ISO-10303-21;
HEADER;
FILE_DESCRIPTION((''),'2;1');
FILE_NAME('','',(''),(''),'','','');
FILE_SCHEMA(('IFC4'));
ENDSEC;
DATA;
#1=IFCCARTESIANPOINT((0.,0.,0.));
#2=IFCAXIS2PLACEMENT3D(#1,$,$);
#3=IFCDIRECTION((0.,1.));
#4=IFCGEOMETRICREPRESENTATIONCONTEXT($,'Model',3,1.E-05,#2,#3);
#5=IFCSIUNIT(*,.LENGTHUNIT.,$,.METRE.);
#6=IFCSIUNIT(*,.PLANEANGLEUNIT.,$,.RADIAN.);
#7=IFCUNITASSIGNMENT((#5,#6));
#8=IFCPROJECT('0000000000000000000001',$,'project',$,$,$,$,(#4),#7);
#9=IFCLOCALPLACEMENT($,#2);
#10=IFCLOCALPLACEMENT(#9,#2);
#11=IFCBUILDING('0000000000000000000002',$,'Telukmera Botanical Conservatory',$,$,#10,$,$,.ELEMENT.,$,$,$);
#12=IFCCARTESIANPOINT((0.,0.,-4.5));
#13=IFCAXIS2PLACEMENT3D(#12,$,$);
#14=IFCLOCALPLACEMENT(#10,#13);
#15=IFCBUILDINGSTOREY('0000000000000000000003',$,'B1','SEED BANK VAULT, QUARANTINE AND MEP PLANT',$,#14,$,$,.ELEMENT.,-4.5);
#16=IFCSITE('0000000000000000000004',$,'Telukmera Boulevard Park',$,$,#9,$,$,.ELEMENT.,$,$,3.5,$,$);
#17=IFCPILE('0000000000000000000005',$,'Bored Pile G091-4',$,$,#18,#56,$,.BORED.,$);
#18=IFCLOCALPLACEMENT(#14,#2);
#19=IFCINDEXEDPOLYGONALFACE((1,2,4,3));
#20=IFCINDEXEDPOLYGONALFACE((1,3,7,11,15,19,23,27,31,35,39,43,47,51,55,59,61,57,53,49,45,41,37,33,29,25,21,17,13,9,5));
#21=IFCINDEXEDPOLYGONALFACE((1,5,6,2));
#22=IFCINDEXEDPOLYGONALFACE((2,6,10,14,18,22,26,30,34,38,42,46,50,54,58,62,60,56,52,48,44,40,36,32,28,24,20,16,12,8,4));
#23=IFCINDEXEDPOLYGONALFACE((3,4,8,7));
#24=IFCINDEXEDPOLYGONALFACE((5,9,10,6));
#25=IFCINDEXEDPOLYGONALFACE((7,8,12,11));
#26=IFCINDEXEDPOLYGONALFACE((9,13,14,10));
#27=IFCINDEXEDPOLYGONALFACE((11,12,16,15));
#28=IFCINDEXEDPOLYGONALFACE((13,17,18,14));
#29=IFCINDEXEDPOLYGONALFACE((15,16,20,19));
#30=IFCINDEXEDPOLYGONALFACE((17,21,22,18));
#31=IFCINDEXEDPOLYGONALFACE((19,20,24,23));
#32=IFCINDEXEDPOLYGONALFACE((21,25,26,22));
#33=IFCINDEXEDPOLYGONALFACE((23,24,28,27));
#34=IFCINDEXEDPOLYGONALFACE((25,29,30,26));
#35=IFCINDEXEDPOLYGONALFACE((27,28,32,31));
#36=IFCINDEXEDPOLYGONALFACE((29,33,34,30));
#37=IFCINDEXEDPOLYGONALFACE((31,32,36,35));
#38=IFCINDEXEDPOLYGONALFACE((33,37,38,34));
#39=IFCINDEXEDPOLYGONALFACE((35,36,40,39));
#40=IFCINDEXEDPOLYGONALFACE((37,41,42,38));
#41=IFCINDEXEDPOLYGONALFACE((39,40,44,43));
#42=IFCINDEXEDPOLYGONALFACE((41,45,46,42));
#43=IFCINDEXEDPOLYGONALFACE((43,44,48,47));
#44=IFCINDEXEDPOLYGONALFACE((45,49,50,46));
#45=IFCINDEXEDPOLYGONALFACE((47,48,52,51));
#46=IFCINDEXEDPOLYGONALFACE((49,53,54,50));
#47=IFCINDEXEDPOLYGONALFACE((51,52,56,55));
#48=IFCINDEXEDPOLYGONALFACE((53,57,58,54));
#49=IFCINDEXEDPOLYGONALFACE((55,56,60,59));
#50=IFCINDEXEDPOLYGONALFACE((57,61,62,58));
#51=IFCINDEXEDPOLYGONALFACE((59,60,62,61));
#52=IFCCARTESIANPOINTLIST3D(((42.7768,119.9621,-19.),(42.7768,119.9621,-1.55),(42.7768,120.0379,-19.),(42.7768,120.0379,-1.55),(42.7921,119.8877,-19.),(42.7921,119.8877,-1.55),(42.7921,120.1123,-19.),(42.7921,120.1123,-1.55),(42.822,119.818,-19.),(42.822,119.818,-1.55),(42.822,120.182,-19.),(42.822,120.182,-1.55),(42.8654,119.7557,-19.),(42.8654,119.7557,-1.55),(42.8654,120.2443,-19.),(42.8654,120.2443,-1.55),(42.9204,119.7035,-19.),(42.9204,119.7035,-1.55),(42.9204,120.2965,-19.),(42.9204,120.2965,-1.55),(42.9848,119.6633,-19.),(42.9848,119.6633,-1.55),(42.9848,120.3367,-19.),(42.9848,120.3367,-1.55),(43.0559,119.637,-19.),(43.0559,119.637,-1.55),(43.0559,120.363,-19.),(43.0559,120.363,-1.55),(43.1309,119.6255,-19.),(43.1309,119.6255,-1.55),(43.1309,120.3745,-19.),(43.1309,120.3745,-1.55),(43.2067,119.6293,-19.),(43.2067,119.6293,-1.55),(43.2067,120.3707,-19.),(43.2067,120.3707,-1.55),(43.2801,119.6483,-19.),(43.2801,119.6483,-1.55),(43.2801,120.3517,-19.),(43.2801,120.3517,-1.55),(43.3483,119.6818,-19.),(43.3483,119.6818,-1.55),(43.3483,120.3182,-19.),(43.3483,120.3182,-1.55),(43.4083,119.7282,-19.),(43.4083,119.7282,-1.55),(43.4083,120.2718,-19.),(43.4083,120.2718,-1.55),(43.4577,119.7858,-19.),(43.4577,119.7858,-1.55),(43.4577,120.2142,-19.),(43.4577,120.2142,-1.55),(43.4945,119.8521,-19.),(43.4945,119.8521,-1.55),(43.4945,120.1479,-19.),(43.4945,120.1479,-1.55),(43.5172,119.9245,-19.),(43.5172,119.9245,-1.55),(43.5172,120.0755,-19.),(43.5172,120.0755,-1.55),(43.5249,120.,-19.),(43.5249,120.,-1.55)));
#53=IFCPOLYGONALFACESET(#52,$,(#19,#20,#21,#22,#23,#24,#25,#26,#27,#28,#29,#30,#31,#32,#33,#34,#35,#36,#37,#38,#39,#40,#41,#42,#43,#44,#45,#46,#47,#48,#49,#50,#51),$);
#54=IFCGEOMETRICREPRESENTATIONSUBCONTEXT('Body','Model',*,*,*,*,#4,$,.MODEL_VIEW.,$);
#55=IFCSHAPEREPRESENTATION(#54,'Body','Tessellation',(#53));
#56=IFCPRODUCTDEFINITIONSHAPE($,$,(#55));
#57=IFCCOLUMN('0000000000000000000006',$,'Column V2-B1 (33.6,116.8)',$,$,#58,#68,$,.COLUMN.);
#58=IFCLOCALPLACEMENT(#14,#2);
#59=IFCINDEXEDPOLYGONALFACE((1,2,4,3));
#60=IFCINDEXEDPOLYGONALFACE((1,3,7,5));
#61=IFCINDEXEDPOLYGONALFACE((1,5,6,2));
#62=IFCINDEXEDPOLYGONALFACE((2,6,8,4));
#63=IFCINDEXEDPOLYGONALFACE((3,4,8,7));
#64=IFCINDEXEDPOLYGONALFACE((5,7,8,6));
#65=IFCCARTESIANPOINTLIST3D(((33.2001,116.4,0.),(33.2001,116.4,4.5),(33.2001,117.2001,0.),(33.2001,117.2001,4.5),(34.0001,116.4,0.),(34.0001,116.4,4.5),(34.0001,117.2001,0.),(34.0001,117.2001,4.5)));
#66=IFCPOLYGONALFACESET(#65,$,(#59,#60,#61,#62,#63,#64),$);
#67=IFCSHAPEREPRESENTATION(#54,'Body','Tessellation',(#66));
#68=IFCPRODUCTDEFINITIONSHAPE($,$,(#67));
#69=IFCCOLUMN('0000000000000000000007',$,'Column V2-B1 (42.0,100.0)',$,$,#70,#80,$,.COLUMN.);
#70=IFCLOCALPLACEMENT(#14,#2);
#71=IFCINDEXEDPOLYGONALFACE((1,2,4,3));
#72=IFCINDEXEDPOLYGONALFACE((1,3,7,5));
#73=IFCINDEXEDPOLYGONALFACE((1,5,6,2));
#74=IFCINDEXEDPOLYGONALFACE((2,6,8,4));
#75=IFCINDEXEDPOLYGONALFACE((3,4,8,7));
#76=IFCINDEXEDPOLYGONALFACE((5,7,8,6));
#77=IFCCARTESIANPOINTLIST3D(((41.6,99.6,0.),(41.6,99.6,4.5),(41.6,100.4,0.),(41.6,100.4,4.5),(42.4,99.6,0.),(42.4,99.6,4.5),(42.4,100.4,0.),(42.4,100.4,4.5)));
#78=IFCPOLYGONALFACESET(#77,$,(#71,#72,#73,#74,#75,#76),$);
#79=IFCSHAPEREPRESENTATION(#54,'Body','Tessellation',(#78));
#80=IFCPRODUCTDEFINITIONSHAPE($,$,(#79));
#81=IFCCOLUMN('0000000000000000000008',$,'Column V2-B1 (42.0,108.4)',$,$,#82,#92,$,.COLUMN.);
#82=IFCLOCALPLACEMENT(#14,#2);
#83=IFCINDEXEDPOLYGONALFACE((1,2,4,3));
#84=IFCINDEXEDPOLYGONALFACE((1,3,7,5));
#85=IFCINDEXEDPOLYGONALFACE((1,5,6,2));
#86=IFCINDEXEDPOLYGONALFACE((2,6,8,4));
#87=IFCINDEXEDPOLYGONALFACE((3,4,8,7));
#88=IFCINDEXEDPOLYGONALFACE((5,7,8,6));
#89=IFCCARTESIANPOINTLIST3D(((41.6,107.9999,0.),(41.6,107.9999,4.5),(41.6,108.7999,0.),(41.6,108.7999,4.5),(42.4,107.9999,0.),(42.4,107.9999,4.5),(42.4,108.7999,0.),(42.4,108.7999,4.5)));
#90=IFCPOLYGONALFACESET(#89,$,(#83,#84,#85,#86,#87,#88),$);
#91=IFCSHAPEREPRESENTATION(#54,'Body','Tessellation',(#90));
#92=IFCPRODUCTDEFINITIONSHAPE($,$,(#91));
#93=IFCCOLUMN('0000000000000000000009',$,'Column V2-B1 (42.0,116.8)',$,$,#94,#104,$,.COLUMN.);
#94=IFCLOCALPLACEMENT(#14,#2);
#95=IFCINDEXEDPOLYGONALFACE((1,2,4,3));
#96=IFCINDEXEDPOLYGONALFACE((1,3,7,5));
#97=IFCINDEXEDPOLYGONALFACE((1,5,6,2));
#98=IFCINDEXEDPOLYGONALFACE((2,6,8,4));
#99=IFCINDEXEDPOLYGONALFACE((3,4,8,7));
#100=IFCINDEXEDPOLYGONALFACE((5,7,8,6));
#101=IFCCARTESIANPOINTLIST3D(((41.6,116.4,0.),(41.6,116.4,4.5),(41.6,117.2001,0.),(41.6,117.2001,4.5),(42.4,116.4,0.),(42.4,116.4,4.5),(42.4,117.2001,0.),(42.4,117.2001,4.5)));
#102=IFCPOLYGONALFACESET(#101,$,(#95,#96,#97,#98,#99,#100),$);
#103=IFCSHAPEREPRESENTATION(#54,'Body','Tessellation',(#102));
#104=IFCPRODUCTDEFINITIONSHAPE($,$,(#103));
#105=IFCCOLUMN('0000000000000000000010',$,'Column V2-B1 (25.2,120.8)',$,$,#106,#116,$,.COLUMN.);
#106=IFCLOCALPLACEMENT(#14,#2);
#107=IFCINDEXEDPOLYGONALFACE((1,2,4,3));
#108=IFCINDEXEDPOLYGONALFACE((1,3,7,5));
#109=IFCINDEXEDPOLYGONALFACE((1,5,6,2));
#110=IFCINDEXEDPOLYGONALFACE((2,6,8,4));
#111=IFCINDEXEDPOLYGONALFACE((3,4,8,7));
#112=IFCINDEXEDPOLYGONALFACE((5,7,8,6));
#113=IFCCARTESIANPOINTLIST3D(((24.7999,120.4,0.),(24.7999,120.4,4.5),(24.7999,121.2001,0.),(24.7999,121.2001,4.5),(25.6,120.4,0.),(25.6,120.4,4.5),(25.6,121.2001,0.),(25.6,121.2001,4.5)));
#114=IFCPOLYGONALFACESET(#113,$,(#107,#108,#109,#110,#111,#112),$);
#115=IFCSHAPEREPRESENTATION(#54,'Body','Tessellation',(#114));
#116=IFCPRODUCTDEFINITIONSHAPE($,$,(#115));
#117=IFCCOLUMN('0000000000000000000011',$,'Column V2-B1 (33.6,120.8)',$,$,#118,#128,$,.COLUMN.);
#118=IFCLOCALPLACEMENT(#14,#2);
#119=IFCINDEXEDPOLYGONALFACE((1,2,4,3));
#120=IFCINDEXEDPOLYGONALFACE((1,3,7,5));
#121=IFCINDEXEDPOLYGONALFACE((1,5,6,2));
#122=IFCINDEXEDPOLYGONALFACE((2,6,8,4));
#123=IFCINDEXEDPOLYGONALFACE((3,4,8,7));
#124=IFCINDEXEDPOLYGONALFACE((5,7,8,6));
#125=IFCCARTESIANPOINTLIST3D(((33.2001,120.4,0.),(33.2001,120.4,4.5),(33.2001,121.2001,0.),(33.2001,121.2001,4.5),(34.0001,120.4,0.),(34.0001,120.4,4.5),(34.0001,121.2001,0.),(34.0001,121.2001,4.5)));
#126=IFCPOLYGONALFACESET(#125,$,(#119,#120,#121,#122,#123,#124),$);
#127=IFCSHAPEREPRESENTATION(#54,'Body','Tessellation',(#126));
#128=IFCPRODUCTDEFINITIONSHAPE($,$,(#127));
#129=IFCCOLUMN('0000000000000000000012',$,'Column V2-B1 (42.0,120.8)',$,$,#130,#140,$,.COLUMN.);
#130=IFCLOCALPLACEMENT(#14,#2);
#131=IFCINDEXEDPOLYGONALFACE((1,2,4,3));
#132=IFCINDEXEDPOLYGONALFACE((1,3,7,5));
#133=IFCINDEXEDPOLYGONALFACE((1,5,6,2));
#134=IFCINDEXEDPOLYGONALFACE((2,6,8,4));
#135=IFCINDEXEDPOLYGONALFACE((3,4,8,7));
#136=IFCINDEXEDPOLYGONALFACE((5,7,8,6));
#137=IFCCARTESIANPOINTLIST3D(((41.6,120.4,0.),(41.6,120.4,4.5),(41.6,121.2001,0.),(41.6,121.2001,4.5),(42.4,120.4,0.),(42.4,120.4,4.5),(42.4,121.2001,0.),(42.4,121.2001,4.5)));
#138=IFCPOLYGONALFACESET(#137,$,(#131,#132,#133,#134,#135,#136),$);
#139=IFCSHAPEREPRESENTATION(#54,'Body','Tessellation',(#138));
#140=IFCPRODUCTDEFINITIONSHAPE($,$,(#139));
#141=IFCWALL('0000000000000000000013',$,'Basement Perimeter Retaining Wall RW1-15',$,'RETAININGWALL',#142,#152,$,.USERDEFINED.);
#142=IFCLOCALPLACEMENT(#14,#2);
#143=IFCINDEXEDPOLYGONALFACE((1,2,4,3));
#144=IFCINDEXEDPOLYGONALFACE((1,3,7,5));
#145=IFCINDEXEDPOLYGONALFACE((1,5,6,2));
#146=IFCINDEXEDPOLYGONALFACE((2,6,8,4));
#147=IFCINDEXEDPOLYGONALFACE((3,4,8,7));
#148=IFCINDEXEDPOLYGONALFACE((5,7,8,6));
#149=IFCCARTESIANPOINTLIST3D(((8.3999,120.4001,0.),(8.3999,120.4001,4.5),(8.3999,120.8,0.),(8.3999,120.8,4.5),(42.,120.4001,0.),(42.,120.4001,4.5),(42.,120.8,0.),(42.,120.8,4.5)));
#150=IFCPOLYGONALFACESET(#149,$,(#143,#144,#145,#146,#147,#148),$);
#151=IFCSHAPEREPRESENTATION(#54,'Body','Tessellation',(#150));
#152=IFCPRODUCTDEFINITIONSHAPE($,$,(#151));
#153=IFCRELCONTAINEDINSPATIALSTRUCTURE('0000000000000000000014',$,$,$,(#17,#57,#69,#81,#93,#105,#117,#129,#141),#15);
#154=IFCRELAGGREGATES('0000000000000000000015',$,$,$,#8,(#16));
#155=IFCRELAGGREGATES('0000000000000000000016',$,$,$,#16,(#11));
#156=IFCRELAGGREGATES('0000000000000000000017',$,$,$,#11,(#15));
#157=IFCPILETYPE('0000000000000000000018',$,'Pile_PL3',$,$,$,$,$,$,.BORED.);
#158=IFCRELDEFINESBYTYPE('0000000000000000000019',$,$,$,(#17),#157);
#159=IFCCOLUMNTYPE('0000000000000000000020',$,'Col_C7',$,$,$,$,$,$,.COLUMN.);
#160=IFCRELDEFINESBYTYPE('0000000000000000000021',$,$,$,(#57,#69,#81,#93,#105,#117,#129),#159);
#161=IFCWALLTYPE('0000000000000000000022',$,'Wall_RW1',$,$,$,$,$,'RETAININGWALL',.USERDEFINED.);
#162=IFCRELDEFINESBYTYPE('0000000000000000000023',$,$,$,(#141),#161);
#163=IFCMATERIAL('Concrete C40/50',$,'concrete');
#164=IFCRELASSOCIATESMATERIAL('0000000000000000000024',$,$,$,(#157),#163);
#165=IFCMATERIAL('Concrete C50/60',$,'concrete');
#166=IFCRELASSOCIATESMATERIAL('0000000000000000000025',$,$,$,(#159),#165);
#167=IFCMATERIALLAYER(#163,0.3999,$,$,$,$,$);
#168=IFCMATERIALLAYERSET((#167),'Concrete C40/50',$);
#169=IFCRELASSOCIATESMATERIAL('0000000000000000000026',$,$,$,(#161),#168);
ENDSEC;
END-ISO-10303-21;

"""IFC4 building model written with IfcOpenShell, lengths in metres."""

from ifc_helpers import new_model, si_unit, direction, frame, frame_2d, origin, origin_2d, place, context, subcontext, project, spatial, rectangle, circle, extrude, material, layer, layer_set, material_profile, profile_set, type_object, element, save


model = new_model("IFC4")

# Units and contexts
model_context = context("Model", 3, precision=1e-05, world=origin(), true_north=direction((0.0, 1.0)))
body_context = subcontext(model_context, "Body", "Model", "MODEL_VIEW")
ifc_project = project(units=[si_unit("LENGTHUNIT", "METRE"), si_unit("PLANEANGLEUNIT", "RADIAN")], contexts=[model_context])

# Site, building, storey
site_placement = place(None, origin())
site = spatial("IfcSite", under=ifc_project, at=site_placement, Name="Telukmera Boulevard Park", CompositionType="ELEMENT", RefElevation=3.5)
building_placement = place(site_placement, origin())
building = spatial("IfcBuilding", under=site, at=building_placement, Name="Telukmera Botanical Conservatory", CompositionType="ELEMENT")
storey_placement = place(building_placement, frame((0.0, 0.0, -4.5)))
storey = spatial("IfcBuildingStorey", under=building, at=storey_placement, Name="B1", Description="SEED BANK VAULT, QUARANTINE AND MEP PLANT", CompositionType="ELEMENT", Elevation=-4.5)

# Shared definitions
ifc_material_1 = material(Name="Concrete C50/60", Category="concrete")
ifc_material_2 = material(Name="Concrete C40/50", Category="concrete")

# Pile
ifc_material_profile_1 = material_profile(ifc_material_2, circle(Radius=0.375, at=origin_2d()), Name="PILE D750")
ifc_profile_set_1 = profile_set([ifc_material_profile_1], Name="Concrete C40/50")
pile_type = type_object("IfcPileType", Name="Pile_PL3", PredefinedType="BORED", material=ifc_profile_set_1)
for number, where, z_axis, x_axis, name in (
    (1, (43.1499, 120.0, -1.55), (0.0, 0.0, -1.0), (1.0, 0.0, 0.0), "Bored Pile G091-4"),
):
    element("IfcPile", number, at=place(storey_placement, frame(where, z_axis=z_axis, x_axis=x_axis)), inside=storey, type_object=pile_type, Name=name, PredefinedType="BORED", context=body_context, shape_type="SweptSolid", body=[
        extrude(circle(Radius=0.375, at=origin_2d()), origin(), (0.0, 0.0, 1.0), 17.45),
    ])

# Columns
ifc_material_profile_2 = material_profile(ifc_material_1, rectangle(XDim=0.8, YDim=0.8, at=origin_2d()), Name="RC 800x800")
ifc_profile_set_2 = profile_set([ifc_material_profile_2], Name="Concrete C50/60")
column_type = type_object("IfcColumnType", Name="Col_C7", PredefinedType="COLUMN", material=ifc_profile_set_2)
for number, where, z_axis, x_axis, name in (
    (2, (33.6001, 116.8, 0.0), (0.0, 0.0, 1.0), (1.0, 0.0, 0.0), "Column V2-B1 (33.6,116.8)"),
    (3, (42.0, 100.0, 0.0), (0.0, 0.0, 1.0), (1.0, 0.0, 0.0), "Column V2-B1 (42.0,100.0)"),
    (4, (42.0, 108.3999, 0.0), (0.0, 0.0, 1.0), (1.0, 0.0, 0.0), "Column V2-B1 (42.0,108.4)"),
    (5, (42.0, 116.8, 0.0), (0.0, 0.0, 1.0), (1.0, 0.0, 0.0), "Column V2-B1 (42.0,116.8)"),
    (6, (25.2, 120.8, 0.0), (0.0, 0.0, 1.0), (1.0, 0.0, 0.0), "Column V2-B1 (25.2,120.8)"),
    (7, (33.6001, 120.8, 0.0), (0.0, 0.0, 1.0), (1.0, 0.0, 0.0), "Column V2-B1 (33.6,120.8)"),
    (8, (42.0, 120.8, 0.0), (0.0, 0.0, 1.0), (1.0, 0.0, 0.0), "Column V2-B1 (42.0,120.8)"),
):
    element("IfcColumn", number, at=place(storey_placement, frame(where, z_axis=z_axis, x_axis=x_axis)), inside=storey, type_object=column_type, Name=name, PredefinedType="COLUMN", context=body_context, shape_type="SweptSolid", body=[
        extrude(rectangle(XDim=0.8, YDim=0.8, at=origin_2d()), origin(), (0.0, 0.0, 1.0), 4.5),
    ])

# Wall
ifc_layer = layer(ifc_material_2, 0.3999)
ifc_layer_set = layer_set([ifc_layer], Name="Concrete C40/50")
wall_type = type_object("IfcWallType", Name="Wall_RW1", ElementType="RETAININGWALL", PredefinedType="USERDEFINED", material=ifc_layer_set)
wall_placement = place(storey_placement, frame((42.0, 120.6001, 0.0), z_axis=(0.0, 0.0, 1.0), x_axis=(-1.0, 0.0, 0.0)))
element("IfcWall", 9, at=wall_placement, inside=storey, type_object=wall_type, Name="Basement Perimeter Retaining Wall RW1-15", ObjectType="RETAININGWALL", PredefinedType="USERDEFINED", context=body_context, shape_type="SweptSolid", body=[
    extrude(rectangle(XDim=33.6001, YDim=0.3999, at=frame_2d((16.8, 0.0))), origin(), (0.0, 0.0, 1.0), 4.5),
])

save(model, "model.ifc")
